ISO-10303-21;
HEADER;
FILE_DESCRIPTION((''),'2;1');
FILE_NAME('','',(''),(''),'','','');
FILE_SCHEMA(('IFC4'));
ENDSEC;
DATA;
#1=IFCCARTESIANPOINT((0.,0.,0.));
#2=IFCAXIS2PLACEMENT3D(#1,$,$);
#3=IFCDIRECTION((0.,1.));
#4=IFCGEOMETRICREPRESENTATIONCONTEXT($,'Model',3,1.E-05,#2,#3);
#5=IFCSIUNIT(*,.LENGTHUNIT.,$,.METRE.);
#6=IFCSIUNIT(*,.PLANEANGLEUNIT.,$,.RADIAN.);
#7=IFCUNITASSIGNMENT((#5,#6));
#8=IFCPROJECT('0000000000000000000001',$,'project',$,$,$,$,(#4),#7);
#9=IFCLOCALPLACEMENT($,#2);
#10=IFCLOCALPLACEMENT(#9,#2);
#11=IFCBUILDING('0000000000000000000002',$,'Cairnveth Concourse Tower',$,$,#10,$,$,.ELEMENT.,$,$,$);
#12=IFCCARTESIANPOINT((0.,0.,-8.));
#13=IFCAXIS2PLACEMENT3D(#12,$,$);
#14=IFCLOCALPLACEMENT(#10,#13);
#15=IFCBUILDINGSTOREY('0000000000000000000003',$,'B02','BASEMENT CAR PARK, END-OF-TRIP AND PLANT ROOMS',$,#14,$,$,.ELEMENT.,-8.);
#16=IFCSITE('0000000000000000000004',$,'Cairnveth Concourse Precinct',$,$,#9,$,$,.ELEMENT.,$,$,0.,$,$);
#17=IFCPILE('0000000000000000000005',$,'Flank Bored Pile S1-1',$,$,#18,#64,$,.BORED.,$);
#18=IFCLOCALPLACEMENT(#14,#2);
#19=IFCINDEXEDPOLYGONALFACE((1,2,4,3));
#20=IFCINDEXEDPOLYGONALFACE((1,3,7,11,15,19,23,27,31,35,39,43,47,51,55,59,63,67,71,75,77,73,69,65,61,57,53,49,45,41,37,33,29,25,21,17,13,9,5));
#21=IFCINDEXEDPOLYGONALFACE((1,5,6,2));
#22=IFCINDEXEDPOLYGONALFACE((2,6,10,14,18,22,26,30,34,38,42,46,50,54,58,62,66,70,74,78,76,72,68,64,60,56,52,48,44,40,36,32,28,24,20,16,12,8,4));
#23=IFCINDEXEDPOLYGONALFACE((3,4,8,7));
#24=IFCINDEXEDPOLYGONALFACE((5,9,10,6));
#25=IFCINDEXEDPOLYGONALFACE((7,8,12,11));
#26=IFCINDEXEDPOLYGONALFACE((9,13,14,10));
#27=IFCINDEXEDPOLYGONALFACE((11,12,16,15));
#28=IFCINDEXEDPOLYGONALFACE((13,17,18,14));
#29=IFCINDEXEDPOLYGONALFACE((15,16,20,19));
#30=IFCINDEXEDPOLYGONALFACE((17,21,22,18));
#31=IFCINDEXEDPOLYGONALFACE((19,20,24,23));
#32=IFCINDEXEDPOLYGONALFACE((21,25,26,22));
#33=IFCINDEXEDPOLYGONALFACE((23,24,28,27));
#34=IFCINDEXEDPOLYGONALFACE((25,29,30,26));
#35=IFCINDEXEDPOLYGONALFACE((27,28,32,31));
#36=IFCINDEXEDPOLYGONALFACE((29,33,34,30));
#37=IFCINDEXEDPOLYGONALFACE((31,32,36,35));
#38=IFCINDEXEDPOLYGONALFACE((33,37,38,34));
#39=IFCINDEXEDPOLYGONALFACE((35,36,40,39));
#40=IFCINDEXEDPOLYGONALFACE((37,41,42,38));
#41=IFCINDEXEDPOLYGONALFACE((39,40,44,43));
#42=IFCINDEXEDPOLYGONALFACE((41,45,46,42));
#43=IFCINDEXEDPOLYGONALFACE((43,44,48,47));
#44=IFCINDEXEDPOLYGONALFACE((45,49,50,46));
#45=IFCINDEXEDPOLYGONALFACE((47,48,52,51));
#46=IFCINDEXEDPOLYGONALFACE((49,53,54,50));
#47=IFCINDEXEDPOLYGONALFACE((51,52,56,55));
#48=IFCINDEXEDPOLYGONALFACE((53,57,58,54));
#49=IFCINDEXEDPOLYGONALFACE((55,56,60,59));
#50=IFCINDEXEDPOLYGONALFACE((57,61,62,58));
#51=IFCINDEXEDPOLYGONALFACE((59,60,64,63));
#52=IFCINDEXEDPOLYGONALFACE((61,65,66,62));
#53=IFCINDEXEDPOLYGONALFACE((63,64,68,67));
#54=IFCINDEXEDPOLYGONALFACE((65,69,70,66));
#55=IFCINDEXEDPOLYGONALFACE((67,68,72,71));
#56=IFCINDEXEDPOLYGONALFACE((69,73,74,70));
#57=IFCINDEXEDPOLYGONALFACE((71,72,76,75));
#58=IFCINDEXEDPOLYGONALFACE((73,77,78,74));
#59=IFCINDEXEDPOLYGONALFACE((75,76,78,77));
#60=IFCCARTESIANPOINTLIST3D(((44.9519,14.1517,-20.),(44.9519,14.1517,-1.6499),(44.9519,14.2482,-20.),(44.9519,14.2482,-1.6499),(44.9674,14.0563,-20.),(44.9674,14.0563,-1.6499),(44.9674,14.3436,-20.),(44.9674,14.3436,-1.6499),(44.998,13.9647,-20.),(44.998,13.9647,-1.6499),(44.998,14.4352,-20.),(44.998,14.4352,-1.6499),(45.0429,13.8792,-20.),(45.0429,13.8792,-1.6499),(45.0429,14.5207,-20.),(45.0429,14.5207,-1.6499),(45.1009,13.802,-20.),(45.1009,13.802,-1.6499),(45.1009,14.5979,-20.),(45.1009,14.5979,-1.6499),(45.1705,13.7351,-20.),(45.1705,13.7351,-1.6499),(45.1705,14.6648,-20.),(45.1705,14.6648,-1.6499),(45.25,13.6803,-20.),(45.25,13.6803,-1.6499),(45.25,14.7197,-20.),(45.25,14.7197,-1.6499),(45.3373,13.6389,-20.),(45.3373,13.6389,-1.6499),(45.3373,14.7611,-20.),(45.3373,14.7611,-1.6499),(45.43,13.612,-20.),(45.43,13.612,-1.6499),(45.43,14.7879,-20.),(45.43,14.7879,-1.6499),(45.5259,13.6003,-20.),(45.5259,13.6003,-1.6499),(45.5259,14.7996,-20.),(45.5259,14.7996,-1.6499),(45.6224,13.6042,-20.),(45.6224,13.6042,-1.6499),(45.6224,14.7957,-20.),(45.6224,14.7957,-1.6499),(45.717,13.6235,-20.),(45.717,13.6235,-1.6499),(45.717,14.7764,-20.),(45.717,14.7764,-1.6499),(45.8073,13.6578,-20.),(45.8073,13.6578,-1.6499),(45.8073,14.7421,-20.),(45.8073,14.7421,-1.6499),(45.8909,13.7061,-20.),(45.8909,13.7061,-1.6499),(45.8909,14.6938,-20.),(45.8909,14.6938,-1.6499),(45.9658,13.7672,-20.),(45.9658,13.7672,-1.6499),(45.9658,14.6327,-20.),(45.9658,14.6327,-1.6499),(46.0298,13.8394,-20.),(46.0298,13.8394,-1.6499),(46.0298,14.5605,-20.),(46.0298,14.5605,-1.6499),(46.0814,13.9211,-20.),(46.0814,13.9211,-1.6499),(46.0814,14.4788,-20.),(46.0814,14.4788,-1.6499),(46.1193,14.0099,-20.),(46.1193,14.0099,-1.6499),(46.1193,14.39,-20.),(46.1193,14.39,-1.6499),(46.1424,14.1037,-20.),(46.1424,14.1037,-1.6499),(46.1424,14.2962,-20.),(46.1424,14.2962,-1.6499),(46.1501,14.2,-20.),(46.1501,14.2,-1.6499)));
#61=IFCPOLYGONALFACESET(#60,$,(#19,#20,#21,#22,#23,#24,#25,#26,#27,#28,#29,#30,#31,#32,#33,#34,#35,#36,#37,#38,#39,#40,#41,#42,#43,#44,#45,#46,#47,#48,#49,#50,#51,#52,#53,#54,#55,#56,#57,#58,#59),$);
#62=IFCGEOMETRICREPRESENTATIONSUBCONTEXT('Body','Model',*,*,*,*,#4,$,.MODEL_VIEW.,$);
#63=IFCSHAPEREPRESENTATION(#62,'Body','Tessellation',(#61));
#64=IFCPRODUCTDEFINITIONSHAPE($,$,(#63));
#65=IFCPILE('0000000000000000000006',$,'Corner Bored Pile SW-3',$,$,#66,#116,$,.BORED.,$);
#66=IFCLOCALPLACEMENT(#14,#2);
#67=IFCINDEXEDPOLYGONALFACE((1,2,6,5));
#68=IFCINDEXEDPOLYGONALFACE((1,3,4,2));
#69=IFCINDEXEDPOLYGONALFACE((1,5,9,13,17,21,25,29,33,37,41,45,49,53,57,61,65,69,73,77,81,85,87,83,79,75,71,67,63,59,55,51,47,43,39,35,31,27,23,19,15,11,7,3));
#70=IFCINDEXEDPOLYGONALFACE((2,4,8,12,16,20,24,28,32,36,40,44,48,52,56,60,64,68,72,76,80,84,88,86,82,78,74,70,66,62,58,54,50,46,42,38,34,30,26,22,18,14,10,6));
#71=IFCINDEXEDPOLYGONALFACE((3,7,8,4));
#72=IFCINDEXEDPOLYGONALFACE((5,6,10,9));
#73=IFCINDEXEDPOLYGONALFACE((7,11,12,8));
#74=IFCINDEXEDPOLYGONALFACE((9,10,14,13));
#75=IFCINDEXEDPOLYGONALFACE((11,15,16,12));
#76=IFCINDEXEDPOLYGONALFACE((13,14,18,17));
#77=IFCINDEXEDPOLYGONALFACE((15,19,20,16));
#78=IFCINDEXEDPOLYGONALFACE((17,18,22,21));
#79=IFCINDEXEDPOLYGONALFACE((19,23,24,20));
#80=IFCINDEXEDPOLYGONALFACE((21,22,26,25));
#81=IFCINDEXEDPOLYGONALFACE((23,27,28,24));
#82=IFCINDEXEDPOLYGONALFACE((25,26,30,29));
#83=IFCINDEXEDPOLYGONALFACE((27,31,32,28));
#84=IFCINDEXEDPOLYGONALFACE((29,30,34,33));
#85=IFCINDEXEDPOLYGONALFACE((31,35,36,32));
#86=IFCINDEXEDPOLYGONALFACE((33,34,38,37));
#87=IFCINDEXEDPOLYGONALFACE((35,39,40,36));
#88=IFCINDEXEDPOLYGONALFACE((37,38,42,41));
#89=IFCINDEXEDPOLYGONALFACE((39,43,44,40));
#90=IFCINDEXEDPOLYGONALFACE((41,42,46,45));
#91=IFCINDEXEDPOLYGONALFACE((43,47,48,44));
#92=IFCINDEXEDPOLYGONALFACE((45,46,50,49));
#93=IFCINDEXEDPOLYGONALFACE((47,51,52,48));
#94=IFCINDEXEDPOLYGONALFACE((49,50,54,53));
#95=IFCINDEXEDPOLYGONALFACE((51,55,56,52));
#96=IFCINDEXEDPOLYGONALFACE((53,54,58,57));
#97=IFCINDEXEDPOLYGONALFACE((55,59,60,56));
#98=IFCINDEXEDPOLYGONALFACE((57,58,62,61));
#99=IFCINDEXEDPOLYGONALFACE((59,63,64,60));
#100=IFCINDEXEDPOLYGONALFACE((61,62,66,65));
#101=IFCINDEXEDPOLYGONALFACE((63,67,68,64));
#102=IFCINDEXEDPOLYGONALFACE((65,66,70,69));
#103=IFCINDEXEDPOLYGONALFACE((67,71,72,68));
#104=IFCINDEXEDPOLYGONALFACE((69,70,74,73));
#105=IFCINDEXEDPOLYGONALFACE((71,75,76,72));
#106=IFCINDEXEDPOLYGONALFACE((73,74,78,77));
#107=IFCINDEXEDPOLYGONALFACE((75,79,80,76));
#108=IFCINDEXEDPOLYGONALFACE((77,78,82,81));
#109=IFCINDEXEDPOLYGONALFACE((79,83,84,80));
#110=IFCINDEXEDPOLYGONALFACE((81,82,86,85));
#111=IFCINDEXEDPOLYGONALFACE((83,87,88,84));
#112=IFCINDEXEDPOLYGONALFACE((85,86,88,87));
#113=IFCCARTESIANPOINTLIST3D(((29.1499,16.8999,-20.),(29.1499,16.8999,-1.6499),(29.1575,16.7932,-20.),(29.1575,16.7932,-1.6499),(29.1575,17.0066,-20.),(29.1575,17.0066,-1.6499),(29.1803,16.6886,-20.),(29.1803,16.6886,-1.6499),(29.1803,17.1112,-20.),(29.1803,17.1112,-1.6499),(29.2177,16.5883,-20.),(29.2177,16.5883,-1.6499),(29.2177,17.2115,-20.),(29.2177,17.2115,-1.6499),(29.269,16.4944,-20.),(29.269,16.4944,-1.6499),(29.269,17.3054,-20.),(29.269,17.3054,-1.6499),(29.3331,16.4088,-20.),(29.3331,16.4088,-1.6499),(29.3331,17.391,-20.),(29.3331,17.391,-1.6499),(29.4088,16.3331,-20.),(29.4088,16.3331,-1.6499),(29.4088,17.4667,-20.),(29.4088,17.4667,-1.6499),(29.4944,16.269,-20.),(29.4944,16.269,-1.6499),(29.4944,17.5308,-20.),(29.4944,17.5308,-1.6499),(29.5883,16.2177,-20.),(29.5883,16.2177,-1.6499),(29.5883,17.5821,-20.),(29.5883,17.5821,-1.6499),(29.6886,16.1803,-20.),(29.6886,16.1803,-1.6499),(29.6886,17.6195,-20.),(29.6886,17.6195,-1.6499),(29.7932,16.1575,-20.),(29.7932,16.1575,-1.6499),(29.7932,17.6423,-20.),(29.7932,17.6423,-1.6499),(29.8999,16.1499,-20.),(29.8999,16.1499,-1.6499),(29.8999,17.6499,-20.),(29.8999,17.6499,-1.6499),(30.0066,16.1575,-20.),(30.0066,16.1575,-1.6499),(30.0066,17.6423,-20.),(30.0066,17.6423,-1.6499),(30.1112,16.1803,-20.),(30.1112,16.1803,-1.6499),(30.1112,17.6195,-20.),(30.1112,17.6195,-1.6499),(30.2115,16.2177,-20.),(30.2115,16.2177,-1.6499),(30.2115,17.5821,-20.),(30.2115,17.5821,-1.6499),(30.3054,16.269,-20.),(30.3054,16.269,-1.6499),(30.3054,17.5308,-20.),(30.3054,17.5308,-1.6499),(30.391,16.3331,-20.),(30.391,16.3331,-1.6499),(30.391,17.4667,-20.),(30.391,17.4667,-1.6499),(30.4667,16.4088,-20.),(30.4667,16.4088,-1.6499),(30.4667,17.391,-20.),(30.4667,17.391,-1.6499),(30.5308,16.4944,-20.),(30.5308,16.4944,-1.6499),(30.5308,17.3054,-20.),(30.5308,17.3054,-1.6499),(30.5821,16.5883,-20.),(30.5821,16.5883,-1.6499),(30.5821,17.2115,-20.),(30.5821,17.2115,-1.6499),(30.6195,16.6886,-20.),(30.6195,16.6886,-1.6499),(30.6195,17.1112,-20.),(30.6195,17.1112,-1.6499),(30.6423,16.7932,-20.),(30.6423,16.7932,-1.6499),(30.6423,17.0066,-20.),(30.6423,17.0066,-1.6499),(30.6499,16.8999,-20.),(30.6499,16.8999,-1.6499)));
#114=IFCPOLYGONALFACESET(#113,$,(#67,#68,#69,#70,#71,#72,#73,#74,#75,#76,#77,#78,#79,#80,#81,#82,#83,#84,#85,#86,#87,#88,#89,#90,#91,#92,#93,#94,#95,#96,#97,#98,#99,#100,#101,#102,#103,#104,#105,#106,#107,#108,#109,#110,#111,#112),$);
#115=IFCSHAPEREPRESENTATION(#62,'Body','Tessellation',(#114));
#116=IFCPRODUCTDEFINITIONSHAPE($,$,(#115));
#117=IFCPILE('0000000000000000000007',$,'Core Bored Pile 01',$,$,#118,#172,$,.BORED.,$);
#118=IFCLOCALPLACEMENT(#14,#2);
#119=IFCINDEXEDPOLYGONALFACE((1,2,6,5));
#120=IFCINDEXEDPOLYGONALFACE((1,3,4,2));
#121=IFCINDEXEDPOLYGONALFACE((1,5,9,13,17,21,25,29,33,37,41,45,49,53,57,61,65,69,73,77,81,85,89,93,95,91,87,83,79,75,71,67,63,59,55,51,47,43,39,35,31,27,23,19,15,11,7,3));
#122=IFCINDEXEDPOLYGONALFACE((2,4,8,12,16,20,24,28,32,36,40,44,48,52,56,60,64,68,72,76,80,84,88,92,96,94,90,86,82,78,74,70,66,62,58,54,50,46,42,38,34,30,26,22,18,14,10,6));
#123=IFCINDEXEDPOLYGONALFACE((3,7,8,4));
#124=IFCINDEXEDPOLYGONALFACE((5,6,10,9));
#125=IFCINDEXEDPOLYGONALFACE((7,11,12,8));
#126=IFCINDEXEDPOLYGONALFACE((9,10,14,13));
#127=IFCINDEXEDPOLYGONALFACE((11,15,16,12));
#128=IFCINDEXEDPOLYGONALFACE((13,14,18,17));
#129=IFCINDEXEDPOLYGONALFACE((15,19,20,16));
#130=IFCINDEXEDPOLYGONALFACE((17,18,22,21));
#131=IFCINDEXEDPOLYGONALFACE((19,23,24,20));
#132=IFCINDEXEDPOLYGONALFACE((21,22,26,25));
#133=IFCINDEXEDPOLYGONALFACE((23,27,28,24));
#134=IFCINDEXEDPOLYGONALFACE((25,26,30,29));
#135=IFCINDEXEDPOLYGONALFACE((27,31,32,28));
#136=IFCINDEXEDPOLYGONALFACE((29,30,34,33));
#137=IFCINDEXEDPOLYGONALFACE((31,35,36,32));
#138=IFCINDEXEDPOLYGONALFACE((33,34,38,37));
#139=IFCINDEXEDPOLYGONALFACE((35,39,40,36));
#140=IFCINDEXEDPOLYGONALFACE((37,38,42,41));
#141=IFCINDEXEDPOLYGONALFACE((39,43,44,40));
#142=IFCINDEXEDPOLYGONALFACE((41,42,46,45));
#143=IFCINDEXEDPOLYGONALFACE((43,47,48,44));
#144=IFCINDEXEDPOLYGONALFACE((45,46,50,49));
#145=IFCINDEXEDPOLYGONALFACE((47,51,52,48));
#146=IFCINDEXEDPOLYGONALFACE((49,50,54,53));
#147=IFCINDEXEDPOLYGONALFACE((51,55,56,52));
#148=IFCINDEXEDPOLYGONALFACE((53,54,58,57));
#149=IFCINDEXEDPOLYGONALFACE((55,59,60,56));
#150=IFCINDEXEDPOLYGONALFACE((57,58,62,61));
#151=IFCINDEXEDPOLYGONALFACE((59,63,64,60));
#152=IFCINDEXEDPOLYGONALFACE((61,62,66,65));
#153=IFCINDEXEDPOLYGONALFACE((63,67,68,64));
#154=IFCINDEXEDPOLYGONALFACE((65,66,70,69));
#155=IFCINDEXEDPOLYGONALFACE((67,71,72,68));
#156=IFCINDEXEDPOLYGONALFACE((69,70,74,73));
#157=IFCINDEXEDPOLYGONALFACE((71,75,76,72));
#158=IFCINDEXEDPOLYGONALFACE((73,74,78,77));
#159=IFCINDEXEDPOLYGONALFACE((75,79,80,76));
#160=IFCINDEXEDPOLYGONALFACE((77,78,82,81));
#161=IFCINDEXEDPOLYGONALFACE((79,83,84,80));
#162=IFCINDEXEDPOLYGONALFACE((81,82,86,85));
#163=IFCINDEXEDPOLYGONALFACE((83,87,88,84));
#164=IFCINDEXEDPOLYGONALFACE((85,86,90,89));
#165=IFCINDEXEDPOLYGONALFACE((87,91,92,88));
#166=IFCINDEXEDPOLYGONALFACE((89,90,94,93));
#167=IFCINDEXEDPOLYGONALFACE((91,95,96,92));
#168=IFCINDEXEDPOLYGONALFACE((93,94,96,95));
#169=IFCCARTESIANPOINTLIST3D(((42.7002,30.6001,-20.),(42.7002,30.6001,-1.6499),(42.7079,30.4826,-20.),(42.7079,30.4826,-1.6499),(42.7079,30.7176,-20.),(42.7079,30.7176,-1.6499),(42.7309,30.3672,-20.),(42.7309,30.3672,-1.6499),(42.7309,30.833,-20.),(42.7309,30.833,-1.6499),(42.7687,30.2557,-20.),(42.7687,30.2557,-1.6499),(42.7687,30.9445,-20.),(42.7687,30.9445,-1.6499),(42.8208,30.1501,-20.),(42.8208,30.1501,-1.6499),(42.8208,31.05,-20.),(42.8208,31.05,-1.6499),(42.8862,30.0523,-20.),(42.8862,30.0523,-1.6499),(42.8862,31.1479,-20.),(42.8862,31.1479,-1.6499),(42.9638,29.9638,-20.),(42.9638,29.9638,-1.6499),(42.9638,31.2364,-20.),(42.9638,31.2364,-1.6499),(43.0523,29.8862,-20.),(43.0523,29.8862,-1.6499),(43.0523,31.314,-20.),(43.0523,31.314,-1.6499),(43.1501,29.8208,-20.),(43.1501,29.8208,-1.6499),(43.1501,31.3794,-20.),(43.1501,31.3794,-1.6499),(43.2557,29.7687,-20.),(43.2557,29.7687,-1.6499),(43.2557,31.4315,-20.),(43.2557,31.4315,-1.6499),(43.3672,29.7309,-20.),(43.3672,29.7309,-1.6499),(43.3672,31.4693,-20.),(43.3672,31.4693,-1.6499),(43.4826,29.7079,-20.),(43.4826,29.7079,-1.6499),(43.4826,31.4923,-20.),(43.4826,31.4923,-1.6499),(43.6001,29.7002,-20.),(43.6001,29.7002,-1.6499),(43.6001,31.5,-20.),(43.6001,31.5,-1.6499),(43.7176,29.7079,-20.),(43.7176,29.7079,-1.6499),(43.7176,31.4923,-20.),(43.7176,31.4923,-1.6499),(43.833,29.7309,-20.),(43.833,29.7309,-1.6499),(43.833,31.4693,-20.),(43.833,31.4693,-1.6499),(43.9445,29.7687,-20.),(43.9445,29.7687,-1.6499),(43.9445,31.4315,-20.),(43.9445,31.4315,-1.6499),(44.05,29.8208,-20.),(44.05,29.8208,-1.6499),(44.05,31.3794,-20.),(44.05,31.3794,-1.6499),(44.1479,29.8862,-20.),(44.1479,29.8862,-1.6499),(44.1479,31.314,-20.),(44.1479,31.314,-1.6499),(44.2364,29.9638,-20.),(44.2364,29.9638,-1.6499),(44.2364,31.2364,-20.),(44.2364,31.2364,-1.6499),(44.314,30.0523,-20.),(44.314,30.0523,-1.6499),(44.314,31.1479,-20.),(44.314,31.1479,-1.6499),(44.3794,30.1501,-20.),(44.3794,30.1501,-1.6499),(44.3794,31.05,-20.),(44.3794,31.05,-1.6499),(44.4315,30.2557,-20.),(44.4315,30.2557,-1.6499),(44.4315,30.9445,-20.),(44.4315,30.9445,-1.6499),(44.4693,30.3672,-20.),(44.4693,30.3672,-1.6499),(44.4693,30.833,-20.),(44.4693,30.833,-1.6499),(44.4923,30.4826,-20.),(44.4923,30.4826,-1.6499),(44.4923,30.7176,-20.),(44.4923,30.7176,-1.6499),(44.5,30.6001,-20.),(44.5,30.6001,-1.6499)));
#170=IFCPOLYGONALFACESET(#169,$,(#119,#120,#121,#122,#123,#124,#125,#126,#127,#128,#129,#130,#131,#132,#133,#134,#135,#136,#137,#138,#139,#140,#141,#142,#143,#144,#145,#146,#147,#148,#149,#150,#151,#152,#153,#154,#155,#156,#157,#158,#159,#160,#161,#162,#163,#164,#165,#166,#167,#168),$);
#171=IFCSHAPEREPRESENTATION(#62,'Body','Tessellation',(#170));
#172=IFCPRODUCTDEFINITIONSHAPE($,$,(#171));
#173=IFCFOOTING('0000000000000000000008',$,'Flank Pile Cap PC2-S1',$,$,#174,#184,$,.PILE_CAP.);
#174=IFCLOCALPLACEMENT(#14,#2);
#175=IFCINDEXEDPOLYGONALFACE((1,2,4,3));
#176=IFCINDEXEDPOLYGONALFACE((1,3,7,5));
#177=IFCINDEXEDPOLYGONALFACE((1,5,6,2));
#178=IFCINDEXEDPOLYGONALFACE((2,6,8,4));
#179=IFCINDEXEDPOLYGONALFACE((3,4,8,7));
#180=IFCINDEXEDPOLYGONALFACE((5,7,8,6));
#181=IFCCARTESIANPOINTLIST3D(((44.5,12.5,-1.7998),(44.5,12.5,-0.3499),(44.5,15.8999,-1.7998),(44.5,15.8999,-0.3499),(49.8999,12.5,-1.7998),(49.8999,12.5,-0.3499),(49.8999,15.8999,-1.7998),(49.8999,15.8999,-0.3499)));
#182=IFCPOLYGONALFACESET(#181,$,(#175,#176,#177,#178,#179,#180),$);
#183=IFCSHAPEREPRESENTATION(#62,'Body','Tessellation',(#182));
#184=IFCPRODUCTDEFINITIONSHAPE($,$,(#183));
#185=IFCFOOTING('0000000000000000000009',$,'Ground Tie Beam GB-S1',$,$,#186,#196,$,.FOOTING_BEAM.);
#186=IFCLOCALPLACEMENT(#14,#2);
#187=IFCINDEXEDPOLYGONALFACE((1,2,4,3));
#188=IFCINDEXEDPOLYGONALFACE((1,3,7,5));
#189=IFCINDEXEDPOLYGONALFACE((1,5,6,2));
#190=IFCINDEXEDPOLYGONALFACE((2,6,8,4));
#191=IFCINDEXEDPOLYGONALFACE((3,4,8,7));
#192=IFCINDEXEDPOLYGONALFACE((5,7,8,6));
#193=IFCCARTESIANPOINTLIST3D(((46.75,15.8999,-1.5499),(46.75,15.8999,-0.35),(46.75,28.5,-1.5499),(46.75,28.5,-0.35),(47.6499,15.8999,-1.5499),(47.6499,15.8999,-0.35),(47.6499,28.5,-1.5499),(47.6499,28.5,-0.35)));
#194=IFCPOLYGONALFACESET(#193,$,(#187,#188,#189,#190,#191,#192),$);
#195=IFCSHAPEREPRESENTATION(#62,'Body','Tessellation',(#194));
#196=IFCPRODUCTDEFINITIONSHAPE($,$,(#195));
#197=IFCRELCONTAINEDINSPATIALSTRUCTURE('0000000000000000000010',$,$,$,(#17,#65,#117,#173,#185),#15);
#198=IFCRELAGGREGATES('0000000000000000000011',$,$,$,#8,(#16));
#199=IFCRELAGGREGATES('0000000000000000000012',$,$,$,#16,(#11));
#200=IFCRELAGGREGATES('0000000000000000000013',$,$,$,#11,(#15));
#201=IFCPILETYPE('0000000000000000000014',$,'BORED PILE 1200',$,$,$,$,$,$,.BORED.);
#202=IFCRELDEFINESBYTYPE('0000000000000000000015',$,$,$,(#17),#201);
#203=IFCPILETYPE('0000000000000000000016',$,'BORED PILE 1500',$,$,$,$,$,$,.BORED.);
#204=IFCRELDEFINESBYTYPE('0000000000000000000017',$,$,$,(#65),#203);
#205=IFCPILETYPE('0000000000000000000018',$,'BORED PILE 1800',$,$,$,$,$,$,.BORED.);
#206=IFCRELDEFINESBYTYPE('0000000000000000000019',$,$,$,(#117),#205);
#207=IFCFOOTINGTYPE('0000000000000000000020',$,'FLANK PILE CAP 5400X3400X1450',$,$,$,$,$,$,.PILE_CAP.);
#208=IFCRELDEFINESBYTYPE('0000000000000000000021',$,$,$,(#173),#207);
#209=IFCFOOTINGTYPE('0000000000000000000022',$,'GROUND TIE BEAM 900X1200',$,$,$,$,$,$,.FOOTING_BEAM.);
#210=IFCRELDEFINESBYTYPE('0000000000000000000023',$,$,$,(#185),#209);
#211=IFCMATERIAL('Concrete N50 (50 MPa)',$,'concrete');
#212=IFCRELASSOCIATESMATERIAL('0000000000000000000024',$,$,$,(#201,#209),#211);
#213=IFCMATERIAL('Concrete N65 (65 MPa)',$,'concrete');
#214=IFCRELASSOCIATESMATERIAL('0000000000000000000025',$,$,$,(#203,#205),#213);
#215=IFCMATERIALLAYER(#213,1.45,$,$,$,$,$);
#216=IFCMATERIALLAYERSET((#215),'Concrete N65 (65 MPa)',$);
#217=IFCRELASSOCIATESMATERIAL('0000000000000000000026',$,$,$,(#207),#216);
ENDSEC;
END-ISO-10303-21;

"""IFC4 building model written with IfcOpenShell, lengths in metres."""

from ifc_helpers import new_model, si_unit, direction, frame, origin, origin_2d, place, context, subcontext, project, spatial, rectangle, circle, extrude, material, layer, layer_set, material_profile, profile_set, type_object, element, save


model = new_model("IFC4")

# Units and contexts
model_context = context("Model", 3, precision=1e-05, world=origin(), true_north=direction((0.0, 1.0)))
body_context = subcontext(model_context, "Body", "Model", "MODEL_VIEW")
ifc_project = project(units=[si_unit("LENGTHUNIT", "METRE"), si_unit("PLANEANGLEUNIT", "RADIAN")], contexts=[model_context])

# Site, building, storey
site_placement = place(None, origin())
site = spatial("IfcSite", under=ifc_project, at=site_placement, Name="Cairnveth Concourse Precinct", CompositionType="ELEMENT", RefElevation=0.0)
building_placement = place(site_placement, origin())
building = spatial("IfcBuilding", under=site, at=building_placement, Name="Cairnveth Concourse Tower", CompositionType="ELEMENT")
storey_placement = place(building_placement, frame((0.0, 0.0, -8.0)))
storey = spatial("IfcBuildingStorey", under=building, at=storey_placement, Name="B02", Description="BASEMENT CAR PARK, END-OF-TRIP AND PLANT ROOMS", CompositionType="ELEMENT", Elevation=-8.0)

# Piles
ifc_material_1 = material(Name="Concrete N50 (50 MPa)", Category="concrete")
ifc_material_profile_1 = material_profile(ifc_material_1, circle(Radius=0.6001, at=origin_2d()), Name="PILE-1200")
ifc_profile_set_1 = profile_set([ifc_material_profile_1], Name="Concrete N50 (50 MPa)")
pile_type_1 = type_object("IfcPileType", Name="BORED PILE 1200", PredefinedType="BORED", material=ifc_profile_set_1)
pile_1_placement = place(storey_placement, frame((45.55, 14.2, -1.6499), z_axis=(0.0, 0.0, -1.0), x_axis=(1.0, 0.0, 0.0)))
element("IfcPile", 1, at=pile_1_placement, inside=storey, type_object=pile_type_1, Name="Flank Bored Pile S1-1", PredefinedType="BORED", context=body_context, shape_type="SweptSolid", body=[
    extrude(circle(Radius=0.6001, at=origin_2d()), origin(), (0.0, 0.0, 1.0), 18.3501),
])
ifc_material_2 = material(Name="Concrete N65 (65 MPa)", Category="concrete")
ifc_material_profile_2 = material_profile(ifc_material_2, circle(Radius=0.75, at=origin_2d()), Name="PILE-1500")
ifc_profile_set_2 = profile_set([ifc_material_profile_2], Name="Concrete N65 (65 MPa)")
pile_type_2 = type_object("IfcPileType", Name="BORED PILE 1500", PredefinedType="BORED", material=ifc_profile_set_2)
pile_2_placement = place(storey_placement, frame((29.8999, 16.8999, -1.6499), z_axis=(0.0, 0.0, -1.0), x_axis=(1.0, 0.0, 0.0)))
element("IfcPile", 2, at=pile_2_placement, inside=storey, type_object=pile_type_2, Name="Corner Bored Pile SW-3", PredefinedType="BORED", context=body_context, shape_type="SweptSolid", body=[
    extrude(circle(Radius=0.75, at=origin_2d()), origin(), (0.0, 0.0, 1.0), 18.3501),
])
ifc_material_profile_3 = material_profile(ifc_material_2, circle(Radius=0.8999, at=origin_2d()), Name="PILE-1800")
ifc_profile_set_3 = profile_set([ifc_material_profile_3], Name="Concrete N65 (65 MPa)")
pile_type_3 = type_object("IfcPileType", Name="BORED PILE 1800", PredefinedType="BORED", material=ifc_profile_set_3)
pile_3_placement = place(storey_placement, frame((43.6001, 30.6001, -1.6499), z_axis=(0.0, 0.0, -1.0), x_axis=(1.0, 0.0, 0.0)))
element("IfcPile", 3, at=pile_3_placement, inside=storey, type_object=pile_type_3, Name="Core Bored Pile 01", PredefinedType="BORED", context=body_context, shape_type="SweptSolid", body=[
    extrude(circle(Radius=0.8999, at=origin_2d()), origin(), (0.0, 0.0, 1.0), 18.3501),
])

# Footings
ifc_layer_1 = layer(ifc_material_2, 1.45)
ifc_layer_set_1 = layer_set([ifc_layer_1], Name="Concrete N65 (65 MPa)")
footing_type_1 = type_object("IfcFootingType", Name="FLANK PILE CAP 5400X3400X1450", PredefinedType="PILE_CAP", material=ifc_layer_set_1)
footing_1_placement = place(storey_placement, frame((47.2, 14.2, -1.7998), z_axis=(0.0, 0.0, 1.0), x_axis=(1.0, 0.0, 0.0)))
element("IfcFooting", 4, at=footing_1_placement, inside=storey, type_object=footing_type_1, Name="Flank Pile Cap PC2-S1", PredefinedType="PILE_CAP", context=body_context, shape_type="SweptSolid", body=[
    extrude(rectangle(XDim=5.3999, YDim=3.3999, at=origin_2d()), origin(), (0.0, 0.0, 1.0), 1.45),
])
ifc_material_profile_4 = material_profile(ifc_material_1, rectangle(XDim=0.8999, YDim=1.2, at=origin_2d()), Name="RC-GB-900x1200")
ifc_profile_set_4 = profile_set([ifc_material_profile_4], Name="Concrete N50 (50 MPa)")
footing_type_2 = type_object("IfcFootingType", Name="GROUND TIE BEAM 900X1200", PredefinedType="FOOTING_BEAM", material=ifc_profile_set_4)
footing_2_placement = place(storey_placement, frame((47.2, 15.8999, -0.95), z_axis=(0.0, 1.0, 0.0), x_axis=(-1.0, 0.0, 0.0)))
element("IfcFooting", 5, at=footing_2_placement, inside=storey, type_object=footing_type_2, Name="Ground Tie Beam GB-S1", PredefinedType="FOOTING_BEAM", context=body_context, shape_type="SweptSolid", body=[
    extrude(rectangle(XDim=0.8999, YDim=1.2, at=origin_2d()), origin(), (0.0, 0.0, 1.0), 12.6001),
])

save(model, "model.ifc")
